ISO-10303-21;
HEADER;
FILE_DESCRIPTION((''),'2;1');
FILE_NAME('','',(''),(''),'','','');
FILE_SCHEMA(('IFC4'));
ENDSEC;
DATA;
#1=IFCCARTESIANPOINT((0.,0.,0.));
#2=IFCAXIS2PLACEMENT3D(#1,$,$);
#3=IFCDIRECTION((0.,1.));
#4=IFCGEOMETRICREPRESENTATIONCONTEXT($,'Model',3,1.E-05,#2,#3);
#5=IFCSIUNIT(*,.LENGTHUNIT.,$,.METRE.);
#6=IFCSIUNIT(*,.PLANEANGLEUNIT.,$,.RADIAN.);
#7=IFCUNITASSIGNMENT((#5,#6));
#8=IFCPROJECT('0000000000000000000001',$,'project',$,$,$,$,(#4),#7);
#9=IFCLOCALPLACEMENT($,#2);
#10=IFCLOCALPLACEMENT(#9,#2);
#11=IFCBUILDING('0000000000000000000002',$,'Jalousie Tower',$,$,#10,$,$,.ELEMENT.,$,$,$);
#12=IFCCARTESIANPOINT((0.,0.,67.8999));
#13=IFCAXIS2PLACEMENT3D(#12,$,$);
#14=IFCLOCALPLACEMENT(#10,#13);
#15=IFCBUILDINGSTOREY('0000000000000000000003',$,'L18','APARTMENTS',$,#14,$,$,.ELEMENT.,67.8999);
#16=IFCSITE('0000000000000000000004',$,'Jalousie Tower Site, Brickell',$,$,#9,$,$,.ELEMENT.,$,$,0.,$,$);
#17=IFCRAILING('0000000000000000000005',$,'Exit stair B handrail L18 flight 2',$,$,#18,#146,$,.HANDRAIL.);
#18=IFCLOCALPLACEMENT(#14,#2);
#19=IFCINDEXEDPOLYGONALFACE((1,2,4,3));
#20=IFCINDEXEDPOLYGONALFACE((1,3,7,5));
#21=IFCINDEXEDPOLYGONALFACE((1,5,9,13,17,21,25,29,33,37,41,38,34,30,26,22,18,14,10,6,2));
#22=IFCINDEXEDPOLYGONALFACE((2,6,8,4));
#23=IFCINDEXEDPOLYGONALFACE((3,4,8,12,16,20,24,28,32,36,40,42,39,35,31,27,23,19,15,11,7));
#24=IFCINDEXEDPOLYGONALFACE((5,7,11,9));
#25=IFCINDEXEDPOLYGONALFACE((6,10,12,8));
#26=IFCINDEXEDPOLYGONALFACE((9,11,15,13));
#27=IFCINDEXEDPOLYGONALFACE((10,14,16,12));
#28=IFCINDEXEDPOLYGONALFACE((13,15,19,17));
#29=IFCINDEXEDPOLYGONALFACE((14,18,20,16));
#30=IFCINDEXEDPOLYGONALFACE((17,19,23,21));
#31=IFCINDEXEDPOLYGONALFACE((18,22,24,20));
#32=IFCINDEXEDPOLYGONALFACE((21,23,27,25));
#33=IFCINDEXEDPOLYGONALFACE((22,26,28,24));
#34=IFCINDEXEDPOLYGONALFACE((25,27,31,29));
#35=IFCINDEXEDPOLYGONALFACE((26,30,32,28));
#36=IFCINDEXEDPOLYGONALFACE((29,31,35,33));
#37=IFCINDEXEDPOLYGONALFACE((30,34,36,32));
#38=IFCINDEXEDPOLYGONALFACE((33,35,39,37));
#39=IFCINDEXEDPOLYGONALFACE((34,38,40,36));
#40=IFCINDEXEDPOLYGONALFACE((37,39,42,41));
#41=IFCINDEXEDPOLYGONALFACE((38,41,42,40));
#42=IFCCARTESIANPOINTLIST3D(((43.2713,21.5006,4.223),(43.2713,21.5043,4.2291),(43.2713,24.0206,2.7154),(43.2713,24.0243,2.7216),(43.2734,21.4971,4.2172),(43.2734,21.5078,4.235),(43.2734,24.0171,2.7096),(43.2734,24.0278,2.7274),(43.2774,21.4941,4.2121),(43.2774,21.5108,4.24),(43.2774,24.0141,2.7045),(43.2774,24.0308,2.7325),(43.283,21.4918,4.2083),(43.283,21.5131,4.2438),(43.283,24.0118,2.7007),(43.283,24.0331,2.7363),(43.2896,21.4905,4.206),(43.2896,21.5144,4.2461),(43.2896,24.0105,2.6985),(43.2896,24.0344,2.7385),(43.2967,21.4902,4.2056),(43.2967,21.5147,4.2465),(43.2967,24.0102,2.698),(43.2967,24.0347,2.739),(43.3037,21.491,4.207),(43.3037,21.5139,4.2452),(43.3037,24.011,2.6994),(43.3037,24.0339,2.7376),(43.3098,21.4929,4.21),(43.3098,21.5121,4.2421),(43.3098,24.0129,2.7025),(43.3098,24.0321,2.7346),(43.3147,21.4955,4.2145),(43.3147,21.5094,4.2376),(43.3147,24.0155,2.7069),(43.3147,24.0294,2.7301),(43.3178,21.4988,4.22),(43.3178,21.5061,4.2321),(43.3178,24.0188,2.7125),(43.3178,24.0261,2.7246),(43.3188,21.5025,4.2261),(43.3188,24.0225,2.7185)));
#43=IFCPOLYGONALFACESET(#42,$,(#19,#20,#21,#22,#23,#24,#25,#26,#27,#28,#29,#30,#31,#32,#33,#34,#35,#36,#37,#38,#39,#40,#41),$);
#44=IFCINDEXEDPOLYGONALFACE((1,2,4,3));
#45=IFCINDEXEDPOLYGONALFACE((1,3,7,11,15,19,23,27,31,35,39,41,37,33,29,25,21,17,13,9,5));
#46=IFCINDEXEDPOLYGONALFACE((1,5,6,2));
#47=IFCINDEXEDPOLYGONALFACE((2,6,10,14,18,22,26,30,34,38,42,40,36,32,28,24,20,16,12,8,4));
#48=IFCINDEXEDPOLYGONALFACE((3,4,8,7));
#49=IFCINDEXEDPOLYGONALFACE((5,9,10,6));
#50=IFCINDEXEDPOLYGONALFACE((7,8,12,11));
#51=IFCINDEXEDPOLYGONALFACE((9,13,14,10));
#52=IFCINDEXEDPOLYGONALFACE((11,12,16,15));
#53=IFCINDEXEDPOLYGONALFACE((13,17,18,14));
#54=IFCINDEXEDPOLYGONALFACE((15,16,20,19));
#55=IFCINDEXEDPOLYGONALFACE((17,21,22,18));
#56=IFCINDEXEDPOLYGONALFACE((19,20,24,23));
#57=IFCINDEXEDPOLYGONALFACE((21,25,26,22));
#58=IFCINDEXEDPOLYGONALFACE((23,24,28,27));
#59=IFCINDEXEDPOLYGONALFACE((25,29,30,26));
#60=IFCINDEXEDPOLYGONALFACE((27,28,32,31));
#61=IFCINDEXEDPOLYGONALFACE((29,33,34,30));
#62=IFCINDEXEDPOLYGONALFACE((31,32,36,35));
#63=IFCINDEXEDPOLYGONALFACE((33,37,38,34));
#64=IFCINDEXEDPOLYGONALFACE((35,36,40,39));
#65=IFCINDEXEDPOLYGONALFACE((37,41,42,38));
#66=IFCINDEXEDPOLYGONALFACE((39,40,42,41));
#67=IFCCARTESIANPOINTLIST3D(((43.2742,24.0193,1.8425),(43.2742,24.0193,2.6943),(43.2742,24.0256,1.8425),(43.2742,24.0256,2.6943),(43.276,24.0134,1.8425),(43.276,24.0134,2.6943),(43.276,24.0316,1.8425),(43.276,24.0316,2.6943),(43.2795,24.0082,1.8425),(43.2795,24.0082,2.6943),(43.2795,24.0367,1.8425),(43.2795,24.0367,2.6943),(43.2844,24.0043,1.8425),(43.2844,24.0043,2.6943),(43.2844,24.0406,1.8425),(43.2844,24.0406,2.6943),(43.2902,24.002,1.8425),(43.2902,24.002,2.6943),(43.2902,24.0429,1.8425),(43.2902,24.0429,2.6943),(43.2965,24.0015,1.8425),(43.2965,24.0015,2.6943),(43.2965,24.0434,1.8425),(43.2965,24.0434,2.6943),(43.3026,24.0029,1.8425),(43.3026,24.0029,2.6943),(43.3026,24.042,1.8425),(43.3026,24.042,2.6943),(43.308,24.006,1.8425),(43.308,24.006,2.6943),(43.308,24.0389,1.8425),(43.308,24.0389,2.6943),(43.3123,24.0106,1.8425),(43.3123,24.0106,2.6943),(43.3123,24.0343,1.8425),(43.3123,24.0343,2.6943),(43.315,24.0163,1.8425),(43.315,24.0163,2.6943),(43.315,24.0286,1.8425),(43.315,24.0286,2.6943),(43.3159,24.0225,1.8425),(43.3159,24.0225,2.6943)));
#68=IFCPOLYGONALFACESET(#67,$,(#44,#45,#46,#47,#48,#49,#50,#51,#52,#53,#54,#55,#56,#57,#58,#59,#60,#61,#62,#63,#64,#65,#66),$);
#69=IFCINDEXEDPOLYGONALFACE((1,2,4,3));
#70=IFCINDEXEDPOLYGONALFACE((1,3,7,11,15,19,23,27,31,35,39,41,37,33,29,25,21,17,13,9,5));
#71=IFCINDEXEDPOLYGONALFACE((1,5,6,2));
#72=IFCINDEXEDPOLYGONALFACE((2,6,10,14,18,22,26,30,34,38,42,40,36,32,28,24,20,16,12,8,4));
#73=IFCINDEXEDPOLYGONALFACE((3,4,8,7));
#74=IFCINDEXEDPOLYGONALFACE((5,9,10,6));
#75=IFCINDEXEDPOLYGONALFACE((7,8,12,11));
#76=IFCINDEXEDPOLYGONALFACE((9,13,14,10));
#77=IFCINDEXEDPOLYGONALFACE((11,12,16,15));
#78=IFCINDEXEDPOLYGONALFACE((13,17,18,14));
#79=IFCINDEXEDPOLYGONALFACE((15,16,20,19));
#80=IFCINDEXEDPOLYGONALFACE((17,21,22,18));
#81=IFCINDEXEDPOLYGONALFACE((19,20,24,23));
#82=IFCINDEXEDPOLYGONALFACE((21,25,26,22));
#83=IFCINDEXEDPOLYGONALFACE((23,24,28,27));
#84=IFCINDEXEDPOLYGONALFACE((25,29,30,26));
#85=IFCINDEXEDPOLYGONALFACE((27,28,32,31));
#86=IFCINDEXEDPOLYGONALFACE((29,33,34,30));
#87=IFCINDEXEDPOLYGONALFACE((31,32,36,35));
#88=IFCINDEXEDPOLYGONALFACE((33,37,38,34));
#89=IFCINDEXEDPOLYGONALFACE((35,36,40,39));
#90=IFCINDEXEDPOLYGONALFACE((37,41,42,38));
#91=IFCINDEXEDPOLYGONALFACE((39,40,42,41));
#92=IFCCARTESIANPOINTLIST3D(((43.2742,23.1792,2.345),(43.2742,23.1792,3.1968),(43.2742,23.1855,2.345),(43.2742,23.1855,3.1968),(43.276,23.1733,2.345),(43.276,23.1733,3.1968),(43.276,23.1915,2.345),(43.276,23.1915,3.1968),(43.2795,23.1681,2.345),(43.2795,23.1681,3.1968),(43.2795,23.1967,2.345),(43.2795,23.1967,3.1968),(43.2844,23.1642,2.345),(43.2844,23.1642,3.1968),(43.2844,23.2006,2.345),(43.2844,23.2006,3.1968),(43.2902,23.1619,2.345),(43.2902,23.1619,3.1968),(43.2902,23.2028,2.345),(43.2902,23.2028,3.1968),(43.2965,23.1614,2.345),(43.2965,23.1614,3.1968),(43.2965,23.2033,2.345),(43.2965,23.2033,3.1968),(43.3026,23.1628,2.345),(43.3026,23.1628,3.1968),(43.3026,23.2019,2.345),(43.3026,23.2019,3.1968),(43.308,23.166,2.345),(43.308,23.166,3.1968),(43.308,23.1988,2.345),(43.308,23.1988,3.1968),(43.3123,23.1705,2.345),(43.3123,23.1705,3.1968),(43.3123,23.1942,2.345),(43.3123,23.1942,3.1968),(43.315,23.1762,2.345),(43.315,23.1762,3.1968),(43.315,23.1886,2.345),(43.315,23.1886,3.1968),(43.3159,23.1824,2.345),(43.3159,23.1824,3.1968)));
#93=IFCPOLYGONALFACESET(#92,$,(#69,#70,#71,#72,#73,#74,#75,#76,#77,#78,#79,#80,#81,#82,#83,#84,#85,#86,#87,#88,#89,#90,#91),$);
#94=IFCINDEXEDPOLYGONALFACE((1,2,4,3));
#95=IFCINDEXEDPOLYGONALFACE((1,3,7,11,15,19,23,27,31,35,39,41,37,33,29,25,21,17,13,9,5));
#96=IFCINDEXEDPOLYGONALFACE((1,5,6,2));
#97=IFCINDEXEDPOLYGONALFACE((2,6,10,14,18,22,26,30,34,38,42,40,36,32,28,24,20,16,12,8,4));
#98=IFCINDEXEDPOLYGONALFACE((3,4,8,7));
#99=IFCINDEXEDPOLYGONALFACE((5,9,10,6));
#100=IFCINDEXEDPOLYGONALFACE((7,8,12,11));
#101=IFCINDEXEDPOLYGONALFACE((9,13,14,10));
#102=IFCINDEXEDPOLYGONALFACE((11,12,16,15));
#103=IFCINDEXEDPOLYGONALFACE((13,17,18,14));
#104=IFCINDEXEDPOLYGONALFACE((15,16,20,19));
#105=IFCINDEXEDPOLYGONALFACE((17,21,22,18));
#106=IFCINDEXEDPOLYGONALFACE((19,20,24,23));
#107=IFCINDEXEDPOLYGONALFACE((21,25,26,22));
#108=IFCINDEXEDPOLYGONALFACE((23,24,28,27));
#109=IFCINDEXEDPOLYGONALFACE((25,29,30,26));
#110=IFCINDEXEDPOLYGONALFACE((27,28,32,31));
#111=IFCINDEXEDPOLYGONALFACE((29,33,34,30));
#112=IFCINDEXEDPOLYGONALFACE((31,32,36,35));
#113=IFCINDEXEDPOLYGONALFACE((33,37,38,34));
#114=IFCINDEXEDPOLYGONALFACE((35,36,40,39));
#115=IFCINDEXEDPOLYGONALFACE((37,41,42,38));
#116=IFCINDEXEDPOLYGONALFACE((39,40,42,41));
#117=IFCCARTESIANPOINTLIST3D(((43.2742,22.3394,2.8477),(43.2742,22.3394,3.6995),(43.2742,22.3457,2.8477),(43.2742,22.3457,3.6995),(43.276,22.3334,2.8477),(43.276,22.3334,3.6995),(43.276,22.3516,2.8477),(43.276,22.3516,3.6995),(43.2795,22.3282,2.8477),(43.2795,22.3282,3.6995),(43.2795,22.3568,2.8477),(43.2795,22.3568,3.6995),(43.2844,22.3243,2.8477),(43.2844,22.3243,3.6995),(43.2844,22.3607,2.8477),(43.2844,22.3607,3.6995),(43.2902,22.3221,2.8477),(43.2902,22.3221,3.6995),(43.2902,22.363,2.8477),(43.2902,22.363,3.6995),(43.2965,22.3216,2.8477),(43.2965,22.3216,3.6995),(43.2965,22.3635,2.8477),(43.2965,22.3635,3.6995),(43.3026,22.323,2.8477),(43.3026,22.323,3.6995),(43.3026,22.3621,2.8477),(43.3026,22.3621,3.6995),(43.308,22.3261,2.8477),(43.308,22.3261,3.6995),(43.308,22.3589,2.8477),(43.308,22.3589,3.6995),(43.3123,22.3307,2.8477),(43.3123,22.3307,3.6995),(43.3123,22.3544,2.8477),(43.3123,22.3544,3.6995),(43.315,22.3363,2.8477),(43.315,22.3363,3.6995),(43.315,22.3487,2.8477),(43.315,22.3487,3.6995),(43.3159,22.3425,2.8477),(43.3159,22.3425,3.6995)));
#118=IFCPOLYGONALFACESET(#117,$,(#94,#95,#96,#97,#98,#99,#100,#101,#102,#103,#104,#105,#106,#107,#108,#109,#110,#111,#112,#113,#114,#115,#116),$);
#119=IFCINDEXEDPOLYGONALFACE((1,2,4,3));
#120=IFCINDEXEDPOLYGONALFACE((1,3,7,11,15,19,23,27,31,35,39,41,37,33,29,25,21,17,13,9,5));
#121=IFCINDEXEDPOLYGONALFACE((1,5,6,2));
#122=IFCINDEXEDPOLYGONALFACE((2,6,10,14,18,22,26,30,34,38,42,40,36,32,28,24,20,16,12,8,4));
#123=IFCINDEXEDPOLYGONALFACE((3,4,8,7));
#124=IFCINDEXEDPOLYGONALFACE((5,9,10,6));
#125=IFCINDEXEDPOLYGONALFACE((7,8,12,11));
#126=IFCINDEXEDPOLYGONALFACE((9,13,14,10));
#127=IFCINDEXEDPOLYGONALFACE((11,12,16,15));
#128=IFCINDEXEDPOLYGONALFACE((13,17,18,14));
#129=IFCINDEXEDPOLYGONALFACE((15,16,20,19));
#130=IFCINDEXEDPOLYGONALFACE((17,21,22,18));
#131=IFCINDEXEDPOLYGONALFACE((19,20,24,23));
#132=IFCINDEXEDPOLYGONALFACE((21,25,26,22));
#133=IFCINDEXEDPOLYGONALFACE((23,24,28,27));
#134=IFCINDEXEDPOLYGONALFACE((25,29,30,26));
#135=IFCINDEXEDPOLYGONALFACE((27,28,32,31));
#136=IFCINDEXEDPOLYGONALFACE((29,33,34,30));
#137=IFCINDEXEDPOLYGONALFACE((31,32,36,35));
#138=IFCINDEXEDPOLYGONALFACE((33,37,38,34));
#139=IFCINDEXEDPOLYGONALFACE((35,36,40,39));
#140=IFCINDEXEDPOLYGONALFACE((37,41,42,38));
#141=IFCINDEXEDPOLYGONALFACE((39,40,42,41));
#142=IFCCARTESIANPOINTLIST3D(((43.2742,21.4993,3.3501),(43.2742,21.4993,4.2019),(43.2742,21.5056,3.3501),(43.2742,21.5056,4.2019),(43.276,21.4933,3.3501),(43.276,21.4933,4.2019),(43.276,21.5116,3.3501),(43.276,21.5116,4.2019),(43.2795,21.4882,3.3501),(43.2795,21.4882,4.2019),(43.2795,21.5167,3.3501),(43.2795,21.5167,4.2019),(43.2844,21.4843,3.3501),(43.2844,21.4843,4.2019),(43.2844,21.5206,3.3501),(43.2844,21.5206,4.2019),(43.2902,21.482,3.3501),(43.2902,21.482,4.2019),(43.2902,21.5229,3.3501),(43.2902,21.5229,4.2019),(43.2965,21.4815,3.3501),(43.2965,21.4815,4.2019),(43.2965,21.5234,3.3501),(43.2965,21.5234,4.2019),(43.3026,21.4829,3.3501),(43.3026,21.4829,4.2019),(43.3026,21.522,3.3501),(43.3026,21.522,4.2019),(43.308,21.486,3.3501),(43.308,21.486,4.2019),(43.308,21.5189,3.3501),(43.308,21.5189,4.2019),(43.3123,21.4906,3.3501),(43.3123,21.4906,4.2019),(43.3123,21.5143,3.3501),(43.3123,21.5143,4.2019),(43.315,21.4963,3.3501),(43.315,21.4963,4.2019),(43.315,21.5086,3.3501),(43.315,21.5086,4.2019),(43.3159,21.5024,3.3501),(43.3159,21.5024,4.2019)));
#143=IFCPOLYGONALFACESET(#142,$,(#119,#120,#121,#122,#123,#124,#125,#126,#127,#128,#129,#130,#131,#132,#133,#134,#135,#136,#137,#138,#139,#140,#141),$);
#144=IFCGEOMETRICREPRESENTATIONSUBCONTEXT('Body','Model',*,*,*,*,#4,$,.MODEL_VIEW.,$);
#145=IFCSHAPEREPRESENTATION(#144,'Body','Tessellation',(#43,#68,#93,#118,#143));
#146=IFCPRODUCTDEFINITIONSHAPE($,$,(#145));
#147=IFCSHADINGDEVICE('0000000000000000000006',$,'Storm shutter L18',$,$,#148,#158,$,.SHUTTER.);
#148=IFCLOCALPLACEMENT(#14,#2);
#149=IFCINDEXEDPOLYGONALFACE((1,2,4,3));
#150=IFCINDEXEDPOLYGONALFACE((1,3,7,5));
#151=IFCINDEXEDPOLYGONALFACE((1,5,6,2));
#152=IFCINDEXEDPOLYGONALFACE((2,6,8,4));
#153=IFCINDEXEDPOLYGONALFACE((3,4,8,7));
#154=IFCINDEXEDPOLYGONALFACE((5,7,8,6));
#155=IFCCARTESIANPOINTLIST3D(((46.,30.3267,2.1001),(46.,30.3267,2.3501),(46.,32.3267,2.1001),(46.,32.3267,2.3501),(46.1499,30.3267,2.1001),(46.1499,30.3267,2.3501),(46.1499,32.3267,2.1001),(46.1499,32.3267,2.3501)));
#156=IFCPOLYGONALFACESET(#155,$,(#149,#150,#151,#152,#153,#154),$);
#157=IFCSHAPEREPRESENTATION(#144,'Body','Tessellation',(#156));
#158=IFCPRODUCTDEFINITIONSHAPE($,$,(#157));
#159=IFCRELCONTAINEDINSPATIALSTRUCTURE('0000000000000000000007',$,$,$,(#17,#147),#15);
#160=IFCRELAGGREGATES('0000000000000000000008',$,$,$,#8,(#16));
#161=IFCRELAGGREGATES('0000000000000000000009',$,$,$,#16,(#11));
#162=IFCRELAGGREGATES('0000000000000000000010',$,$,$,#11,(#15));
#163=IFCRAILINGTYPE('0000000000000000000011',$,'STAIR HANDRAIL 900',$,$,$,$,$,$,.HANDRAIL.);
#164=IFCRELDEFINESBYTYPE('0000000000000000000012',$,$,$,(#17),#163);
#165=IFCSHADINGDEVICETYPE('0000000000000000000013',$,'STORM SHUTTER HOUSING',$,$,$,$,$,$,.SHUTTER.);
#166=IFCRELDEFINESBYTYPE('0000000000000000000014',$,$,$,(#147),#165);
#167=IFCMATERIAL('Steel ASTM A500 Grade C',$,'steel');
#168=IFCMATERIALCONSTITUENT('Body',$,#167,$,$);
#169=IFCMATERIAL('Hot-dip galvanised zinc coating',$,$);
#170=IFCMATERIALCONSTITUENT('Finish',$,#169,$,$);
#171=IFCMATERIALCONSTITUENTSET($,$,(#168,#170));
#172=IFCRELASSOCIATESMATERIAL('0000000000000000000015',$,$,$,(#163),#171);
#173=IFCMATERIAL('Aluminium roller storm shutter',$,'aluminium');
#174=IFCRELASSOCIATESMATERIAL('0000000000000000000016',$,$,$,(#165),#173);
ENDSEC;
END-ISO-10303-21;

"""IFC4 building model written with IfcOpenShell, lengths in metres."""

from ifc_helpers import new_model, si_unit, direction, frame, origin, origin_2d, place, context, subcontext, project, spatial, rectangle, circle, extrude, material, constituent, constituent_set, type_object, element, save


model = new_model("IFC4")

# Units and contexts
model_context = context("Model", 3, precision=1e-05, world=origin(), true_north=direction((0.0, 1.0)))
body_context = subcontext(model_context, "Body", "Model", "MODEL_VIEW")
ifc_project = project(units=[si_unit("LENGTHUNIT", "METRE"), si_unit("PLANEANGLEUNIT", "RADIAN")], contexts=[model_context])

# Site, building, storey
site_placement = place(None, origin())
site = spatial("IfcSite", under=ifc_project, at=site_placement, Name="Jalousie Tower Site, Brickell", CompositionType="ELEMENT", RefElevation=0.0)
building_placement = place(site_placement, origin())
building = spatial("IfcBuilding", under=site, at=building_placement, Name="Jalousie Tower", CompositionType="ELEMENT")
storey_placement = place(building_placement, frame((0.0, 0.0, 67.8999)))
storey = spatial("IfcBuildingStorey", under=building, at=storey_placement, Name="L18", Description="APARTMENTS", CompositionType="ELEMENT", Elevation=67.8999)

# Railing
ifc_material_1 = material(Name="Steel ASTM A500 Grade C", Category="steel")
ifc_constituent_1 = constituent(ifc_material_1, Name="Body")
ifc_material_2 = material(Name="Hot-dip galvanised zinc coating")
ifc_constituent_2 = constituent(ifc_material_2, Name="Finish")
ifc_constituent_set_1 = constituent_set(constituents=[ifc_constituent_1, ifc_constituent_2])
railing_type_1 = type_object("IfcRailingType", Name="STAIR HANDRAIL 900", PredefinedType="HANDRAIL", material=ifc_constituent_set_1)
railing_1_placement = place(storey_placement, frame((43.2949, 24.0225, 1.8425)))
element("IfcRailing", 1, at=railing_1_placement, inside=storey, type_object=railing_type_1, Name="Exit stair B handrail L18 flight 2", PredefinedType="HANDRAIL", context=body_context, shape_type="SweptSolid", body=[
    extrude(circle(Radius=0.0239, at=origin_2d()), frame((0.0, 0.0, 0.876), z_axis=(0.0, -0.85816, 0.513383), x_axis=(1.0, 0.0, 0.0)), (0.0, 0.0, 1.0), 2.9365),
    extrude(circle(Radius=0.021, at=origin_2d()), origin(), (0.0, 0.0, 1.0), 0.8518),
    extrude(circle(Radius=0.021, at=origin_2d()), frame((0.0, -0.8401, 0.5024)), (0.0, 0.0, 1.0), 0.8518),
    extrude(circle(Radius=0.021, at=origin_2d()), frame((0.0, -1.6799, 1.0051)), (0.0, 0.0, 1.0), 0.8518),
    extrude(circle(Radius=0.021, at=origin_2d()), frame((0.0, -2.52, 1.5076)), (0.0, 0.0, 1.0), 0.8518),
])

# Shading device
ifc_material_3 = material(Name="Aluminium roller storm shutter", Category="aluminium")
shading_device_type = type_object("IfcShadingDeviceType", Name="STORM SHUTTER HOUSING", PredefinedType="SHUTTER", material=ifc_material_3)
shading_device_placement = place(storey_placement, frame((46.075, 31.3267, 2.1001), z_axis=(0.0, 0.0, 1.0), x_axis=(0.0, 1.0, 0.0)))
element("IfcShadingDevice", 2, at=shading_device_placement, inside=storey, type_object=shading_device_type, Name="Storm shutter L18", PredefinedType="SHUTTER", context=body_context, shape_type="SweptSolid", body=[
    extrude(rectangle(XDim=2.0, YDim=0.1499, at=origin_2d()), origin(), (0.0, 0.0, 1.0), 0.25),
])

save(model, "model.ifc")
